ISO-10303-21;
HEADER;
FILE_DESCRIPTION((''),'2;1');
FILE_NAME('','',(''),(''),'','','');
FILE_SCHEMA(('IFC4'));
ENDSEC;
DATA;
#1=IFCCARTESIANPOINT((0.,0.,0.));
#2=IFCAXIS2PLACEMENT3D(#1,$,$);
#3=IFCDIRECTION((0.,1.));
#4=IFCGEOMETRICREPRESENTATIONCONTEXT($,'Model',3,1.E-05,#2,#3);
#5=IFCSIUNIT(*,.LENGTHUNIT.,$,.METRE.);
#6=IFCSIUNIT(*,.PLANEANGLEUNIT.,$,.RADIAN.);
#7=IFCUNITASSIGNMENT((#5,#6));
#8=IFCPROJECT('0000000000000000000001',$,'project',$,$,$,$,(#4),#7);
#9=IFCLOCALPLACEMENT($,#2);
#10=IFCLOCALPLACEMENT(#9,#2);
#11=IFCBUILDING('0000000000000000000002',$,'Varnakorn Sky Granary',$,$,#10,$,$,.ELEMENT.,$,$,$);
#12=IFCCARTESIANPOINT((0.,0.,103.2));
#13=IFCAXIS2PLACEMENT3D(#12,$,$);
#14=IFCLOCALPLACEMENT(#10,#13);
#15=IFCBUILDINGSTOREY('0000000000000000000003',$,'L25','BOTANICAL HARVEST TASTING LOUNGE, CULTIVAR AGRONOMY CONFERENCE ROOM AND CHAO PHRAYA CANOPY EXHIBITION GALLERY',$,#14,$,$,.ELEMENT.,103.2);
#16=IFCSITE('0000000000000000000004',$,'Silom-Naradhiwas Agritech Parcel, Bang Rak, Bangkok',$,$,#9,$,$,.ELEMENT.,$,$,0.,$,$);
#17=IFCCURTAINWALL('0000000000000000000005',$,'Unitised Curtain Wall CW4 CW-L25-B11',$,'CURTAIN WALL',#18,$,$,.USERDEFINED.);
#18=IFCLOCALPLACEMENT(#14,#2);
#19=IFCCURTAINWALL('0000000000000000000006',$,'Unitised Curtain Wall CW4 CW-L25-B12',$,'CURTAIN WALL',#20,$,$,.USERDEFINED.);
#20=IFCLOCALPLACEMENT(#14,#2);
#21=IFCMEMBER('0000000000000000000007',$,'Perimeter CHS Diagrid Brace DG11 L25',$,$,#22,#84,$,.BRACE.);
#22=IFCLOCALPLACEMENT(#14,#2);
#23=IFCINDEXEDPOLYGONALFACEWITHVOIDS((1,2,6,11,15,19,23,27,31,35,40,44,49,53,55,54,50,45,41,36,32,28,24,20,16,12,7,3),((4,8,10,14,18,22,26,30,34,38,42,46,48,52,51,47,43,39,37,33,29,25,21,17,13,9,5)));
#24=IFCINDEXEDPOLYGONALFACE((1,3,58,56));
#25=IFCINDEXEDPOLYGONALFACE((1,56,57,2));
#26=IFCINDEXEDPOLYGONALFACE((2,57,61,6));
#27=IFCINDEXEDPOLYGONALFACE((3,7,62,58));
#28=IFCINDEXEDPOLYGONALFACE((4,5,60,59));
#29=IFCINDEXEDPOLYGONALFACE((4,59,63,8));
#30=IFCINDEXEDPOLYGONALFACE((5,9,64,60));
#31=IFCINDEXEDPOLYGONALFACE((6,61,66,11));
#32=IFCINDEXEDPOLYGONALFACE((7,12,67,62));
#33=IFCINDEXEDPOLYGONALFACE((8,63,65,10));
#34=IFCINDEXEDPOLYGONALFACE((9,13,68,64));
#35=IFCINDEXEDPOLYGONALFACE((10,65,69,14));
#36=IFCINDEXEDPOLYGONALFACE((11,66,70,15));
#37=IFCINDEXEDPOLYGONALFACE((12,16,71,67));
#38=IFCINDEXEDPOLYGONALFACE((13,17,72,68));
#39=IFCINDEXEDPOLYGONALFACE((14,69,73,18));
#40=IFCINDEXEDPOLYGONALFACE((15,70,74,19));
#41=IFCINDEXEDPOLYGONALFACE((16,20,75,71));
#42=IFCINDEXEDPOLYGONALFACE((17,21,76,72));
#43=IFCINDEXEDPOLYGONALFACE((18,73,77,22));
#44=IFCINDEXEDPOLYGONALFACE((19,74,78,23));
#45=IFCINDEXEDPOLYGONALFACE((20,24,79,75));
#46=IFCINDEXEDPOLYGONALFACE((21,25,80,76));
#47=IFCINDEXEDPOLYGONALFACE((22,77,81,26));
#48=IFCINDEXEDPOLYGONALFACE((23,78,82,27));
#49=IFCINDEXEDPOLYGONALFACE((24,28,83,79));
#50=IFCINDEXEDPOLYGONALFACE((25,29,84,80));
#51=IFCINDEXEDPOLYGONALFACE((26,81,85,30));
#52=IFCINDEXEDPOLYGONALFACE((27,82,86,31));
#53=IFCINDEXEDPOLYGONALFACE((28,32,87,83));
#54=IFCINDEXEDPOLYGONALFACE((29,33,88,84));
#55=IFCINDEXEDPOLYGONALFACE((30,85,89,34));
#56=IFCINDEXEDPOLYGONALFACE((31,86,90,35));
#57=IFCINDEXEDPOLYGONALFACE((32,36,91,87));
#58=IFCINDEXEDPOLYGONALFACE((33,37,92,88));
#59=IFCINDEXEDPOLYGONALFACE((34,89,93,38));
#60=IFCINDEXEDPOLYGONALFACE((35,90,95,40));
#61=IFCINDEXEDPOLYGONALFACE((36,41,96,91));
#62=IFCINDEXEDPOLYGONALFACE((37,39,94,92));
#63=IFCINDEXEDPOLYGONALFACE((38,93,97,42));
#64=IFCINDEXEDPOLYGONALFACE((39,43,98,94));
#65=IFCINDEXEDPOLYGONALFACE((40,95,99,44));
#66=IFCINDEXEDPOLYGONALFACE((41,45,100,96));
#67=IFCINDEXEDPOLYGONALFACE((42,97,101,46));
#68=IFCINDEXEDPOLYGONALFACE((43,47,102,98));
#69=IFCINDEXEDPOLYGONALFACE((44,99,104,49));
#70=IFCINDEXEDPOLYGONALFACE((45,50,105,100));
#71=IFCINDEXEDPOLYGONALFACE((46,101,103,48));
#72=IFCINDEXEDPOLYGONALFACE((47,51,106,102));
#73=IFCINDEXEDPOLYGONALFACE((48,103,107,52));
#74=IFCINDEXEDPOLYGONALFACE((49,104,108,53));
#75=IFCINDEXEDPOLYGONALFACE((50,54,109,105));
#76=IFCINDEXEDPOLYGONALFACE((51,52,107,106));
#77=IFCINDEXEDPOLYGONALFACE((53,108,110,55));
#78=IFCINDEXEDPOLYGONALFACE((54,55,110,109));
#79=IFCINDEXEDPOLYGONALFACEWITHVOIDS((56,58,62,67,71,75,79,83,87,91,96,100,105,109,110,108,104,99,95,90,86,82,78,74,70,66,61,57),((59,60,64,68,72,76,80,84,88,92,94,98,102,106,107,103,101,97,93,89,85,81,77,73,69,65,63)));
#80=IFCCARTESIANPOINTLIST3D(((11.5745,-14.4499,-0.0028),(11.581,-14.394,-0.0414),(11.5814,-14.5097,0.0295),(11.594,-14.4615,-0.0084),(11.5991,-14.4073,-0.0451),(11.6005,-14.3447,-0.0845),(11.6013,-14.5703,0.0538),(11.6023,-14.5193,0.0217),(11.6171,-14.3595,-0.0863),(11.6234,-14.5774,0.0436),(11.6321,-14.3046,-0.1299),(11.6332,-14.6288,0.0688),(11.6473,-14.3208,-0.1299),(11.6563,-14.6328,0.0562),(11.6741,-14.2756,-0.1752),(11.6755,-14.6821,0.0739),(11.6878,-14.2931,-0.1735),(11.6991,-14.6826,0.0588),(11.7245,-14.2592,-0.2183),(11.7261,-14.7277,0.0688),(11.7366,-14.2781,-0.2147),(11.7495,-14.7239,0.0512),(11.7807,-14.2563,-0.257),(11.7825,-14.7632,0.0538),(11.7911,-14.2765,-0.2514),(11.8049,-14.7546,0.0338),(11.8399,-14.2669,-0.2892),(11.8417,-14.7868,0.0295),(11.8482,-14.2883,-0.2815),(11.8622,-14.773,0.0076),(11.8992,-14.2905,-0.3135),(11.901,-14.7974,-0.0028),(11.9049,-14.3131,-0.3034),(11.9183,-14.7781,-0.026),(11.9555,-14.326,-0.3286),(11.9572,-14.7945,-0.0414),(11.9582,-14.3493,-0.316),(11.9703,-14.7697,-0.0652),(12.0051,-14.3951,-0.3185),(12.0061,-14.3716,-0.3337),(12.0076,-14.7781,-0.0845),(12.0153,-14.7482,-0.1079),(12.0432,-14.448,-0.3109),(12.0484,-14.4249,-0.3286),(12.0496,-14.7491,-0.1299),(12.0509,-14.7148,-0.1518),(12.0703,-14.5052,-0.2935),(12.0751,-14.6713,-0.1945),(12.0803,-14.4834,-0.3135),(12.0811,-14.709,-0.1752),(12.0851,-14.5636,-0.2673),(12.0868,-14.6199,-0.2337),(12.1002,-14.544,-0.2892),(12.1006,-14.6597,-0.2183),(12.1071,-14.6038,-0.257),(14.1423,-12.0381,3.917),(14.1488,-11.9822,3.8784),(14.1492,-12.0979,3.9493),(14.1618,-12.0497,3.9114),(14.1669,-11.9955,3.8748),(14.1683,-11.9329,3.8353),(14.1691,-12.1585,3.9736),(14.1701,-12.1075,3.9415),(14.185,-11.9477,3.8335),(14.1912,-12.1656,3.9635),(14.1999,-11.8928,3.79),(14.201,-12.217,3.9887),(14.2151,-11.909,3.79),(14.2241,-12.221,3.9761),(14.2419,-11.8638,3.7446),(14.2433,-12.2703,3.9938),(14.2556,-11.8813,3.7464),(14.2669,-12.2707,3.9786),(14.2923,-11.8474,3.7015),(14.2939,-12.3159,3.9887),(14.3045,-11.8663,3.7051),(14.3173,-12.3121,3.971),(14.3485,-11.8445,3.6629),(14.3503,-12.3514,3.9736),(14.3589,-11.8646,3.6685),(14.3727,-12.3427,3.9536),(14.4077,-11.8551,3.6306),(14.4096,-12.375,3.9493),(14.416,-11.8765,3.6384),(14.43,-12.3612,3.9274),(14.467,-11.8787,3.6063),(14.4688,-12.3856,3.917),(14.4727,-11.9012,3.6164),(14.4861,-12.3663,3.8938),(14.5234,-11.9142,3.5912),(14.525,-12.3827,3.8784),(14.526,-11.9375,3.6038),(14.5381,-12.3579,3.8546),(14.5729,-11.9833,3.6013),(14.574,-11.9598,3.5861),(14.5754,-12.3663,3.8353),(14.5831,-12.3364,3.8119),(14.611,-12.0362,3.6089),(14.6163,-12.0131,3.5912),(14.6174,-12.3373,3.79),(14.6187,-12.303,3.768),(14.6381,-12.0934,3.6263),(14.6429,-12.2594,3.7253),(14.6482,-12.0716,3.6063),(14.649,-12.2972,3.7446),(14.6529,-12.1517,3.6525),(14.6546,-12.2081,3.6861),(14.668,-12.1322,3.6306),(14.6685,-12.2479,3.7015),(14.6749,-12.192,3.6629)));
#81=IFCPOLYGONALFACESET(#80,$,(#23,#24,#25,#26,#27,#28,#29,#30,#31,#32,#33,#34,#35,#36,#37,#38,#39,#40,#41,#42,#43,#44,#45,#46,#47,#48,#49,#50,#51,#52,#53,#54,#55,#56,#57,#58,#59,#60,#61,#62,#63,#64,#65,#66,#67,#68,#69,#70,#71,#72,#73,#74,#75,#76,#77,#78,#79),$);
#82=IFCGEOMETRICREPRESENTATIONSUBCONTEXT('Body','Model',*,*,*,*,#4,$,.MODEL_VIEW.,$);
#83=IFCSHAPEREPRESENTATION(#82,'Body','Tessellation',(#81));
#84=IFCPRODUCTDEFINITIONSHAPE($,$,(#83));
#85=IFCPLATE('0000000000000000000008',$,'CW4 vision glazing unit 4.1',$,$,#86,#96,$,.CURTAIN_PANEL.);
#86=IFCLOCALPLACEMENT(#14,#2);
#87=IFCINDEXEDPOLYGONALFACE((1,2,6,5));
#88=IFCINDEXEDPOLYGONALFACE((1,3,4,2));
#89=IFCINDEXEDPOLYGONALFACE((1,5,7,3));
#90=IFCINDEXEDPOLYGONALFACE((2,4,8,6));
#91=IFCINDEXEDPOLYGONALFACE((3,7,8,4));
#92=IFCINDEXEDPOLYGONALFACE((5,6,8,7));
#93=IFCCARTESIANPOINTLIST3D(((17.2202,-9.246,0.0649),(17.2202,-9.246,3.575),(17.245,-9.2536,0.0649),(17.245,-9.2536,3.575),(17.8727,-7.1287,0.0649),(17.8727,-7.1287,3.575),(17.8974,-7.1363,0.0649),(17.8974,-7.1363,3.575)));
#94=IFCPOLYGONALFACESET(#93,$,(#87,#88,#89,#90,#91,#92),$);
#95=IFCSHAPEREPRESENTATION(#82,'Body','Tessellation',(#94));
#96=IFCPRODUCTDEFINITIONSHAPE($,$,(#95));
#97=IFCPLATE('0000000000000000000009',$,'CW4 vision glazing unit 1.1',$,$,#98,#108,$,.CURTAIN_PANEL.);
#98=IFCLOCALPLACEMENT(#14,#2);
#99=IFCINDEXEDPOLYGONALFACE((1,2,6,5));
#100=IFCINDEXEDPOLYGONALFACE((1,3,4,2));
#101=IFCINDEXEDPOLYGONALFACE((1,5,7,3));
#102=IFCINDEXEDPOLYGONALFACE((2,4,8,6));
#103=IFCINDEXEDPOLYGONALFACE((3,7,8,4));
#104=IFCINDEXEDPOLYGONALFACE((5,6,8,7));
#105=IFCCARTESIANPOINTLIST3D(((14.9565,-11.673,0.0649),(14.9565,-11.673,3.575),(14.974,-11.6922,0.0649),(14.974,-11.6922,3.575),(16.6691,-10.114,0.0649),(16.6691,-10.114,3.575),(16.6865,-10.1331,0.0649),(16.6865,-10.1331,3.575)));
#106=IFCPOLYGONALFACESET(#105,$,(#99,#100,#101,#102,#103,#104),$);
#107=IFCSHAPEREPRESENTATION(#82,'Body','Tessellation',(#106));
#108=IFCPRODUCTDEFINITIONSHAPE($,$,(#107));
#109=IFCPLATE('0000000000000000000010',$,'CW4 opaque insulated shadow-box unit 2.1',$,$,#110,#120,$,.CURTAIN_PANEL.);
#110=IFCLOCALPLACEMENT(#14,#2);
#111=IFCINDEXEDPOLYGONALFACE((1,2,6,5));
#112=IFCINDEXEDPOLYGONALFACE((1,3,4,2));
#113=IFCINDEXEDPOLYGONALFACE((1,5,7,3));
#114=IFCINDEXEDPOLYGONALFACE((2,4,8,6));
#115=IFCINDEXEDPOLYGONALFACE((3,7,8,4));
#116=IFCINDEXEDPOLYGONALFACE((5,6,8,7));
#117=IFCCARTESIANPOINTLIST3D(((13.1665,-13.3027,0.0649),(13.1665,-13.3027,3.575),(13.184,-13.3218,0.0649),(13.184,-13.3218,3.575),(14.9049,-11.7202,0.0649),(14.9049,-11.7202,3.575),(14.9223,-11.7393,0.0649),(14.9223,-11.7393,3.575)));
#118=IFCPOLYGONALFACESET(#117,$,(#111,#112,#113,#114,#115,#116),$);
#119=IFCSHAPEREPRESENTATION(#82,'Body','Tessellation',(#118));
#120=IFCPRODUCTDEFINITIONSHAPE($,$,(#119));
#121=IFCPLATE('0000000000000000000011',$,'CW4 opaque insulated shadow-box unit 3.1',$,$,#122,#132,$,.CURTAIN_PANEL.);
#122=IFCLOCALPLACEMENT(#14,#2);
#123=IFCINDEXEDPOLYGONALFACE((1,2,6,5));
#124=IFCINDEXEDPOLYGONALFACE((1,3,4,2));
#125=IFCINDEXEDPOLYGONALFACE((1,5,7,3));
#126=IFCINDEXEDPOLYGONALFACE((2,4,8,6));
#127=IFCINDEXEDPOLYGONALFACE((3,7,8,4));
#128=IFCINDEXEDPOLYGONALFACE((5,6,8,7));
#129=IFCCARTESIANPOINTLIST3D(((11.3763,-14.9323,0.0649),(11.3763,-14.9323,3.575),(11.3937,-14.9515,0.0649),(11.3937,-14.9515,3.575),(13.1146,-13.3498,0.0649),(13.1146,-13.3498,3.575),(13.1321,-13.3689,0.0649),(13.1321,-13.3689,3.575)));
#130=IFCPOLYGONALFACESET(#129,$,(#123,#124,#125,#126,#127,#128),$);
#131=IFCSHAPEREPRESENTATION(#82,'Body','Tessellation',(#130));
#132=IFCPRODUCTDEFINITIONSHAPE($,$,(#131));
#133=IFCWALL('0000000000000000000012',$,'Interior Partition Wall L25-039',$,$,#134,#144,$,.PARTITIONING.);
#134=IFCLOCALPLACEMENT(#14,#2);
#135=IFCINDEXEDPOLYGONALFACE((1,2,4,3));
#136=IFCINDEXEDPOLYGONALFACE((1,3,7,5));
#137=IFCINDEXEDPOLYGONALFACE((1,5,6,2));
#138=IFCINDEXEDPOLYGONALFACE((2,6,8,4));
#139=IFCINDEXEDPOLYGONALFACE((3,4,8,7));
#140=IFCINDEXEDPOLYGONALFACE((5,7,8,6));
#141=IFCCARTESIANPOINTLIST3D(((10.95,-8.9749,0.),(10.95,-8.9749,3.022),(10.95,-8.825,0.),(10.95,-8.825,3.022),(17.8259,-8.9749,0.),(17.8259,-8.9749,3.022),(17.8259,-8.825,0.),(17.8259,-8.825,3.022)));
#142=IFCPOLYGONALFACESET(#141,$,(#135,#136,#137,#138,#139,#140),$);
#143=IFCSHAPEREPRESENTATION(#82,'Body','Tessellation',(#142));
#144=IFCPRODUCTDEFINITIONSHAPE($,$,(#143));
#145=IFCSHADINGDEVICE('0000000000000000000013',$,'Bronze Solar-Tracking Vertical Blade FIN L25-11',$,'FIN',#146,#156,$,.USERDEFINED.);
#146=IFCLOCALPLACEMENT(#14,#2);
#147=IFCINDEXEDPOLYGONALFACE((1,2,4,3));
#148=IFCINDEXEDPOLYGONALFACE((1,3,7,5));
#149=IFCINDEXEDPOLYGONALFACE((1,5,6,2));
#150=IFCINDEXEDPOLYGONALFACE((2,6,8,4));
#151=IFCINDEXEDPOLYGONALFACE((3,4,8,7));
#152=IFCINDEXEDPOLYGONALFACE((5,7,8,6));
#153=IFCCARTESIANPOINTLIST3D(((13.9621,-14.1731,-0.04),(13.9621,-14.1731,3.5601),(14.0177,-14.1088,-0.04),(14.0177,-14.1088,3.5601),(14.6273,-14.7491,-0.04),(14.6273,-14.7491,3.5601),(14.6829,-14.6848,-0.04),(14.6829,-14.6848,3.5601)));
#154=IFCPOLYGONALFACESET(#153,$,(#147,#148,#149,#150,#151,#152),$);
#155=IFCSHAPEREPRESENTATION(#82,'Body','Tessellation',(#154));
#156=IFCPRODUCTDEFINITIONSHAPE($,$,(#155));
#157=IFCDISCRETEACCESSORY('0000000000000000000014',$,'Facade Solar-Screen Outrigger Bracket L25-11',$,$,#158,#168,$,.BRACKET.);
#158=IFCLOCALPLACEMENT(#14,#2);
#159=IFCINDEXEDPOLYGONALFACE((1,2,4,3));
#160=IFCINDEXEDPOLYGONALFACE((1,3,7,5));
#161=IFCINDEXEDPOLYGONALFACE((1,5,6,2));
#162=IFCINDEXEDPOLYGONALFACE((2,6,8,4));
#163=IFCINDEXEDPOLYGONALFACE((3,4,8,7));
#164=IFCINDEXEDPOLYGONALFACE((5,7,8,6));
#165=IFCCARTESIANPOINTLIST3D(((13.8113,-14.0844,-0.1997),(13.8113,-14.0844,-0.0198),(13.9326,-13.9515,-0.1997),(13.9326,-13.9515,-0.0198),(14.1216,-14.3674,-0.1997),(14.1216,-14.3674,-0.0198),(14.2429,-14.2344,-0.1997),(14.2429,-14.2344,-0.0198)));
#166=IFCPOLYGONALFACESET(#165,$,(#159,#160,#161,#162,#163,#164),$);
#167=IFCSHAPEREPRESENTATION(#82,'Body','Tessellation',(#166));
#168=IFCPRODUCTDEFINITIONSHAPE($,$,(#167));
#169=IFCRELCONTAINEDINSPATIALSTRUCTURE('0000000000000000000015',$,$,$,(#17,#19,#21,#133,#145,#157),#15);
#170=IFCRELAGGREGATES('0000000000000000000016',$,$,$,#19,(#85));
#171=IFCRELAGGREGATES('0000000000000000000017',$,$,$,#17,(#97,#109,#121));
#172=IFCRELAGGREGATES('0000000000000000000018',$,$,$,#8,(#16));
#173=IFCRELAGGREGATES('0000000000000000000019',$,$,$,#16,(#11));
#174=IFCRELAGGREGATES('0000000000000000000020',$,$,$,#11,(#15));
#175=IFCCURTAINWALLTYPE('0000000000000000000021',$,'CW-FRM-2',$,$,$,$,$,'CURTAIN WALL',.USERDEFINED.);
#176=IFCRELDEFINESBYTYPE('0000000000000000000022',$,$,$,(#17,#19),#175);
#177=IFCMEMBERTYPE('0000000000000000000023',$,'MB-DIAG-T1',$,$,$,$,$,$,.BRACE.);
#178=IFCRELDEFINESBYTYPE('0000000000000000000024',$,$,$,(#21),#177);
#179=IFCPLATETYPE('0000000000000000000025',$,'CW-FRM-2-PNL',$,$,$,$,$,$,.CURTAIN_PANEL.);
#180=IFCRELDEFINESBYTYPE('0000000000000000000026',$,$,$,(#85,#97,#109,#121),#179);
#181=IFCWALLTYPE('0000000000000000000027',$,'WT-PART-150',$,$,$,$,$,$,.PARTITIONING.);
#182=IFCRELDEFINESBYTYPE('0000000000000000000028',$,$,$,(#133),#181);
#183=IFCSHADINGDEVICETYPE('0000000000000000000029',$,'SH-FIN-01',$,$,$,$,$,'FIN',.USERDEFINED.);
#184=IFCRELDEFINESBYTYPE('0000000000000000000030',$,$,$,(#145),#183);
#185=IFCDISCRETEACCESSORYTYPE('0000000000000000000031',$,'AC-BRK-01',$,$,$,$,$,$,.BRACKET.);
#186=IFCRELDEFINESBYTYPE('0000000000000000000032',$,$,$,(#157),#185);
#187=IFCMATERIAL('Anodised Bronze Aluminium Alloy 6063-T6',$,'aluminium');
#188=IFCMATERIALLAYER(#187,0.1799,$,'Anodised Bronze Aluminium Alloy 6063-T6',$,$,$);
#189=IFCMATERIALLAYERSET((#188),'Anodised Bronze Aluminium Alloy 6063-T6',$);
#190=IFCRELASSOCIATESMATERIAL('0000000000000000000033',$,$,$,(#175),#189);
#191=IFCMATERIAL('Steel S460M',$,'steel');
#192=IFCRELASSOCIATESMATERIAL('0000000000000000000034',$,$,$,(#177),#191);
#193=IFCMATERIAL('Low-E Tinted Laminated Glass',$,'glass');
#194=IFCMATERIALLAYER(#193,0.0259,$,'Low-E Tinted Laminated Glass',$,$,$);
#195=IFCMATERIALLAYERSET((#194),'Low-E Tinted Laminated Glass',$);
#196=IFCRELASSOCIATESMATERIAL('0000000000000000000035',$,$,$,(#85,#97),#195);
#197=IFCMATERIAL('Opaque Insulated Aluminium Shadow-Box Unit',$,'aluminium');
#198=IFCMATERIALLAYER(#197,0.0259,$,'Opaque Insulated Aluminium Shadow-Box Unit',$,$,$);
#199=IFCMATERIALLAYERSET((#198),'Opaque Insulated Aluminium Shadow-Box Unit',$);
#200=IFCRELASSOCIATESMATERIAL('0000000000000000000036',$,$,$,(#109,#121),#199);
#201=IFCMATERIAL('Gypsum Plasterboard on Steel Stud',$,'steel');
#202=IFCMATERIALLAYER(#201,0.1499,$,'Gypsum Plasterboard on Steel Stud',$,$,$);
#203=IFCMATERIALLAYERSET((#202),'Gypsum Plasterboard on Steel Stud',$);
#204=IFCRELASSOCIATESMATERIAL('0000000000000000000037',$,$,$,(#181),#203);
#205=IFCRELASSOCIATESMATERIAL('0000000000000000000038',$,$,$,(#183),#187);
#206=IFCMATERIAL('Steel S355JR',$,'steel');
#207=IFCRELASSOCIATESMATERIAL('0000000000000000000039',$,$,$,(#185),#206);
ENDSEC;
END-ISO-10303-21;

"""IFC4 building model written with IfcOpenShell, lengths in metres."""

from ifc_helpers import new_model, si_unit, direction, frame, frame_2d, origin, origin_2d, place, context, subcontext, project, spatial, rectangle, hollow_circle, extrude, source, transform, mapped, material, layer, layer_set, material_profile, profile_set, type_object, type_shapes, element, aggregate, save


model = new_model("IFC4")

# Units and contexts
model_context = context("Model", 3, precision=1e-05, world=origin(), true_north=direction((0.0, 1.0)))
body_context = subcontext(model_context, "Body", "Model", "MODEL_VIEW")
ifc_project = project(units=[si_unit("LENGTHUNIT", "METRE"), si_unit("PLANEANGLEUNIT", "RADIAN")], contexts=[model_context])

# Site, building, storey
site_placement = place(None, origin())
site = spatial("IfcSite", under=ifc_project, at=site_placement, Name="Silom-Naradhiwas Agritech Parcel, Bang Rak, Bangkok", CompositionType="ELEMENT", RefElevation=0.0)
building_placement = place(site_placement, origin())
building = spatial("IfcBuilding", under=site, at=building_placement, Name="Varnakorn Sky Granary", CompositionType="ELEMENT")
storey_placement = place(building_placement, frame((0.0, 0.0, 103.2)))
storey = spatial("IfcBuildingStorey", under=building, at=storey_placement, Name="L25", Description="BOTANICAL HARVEST TASTING LOUNGE, CULTIVAR AGRONOMY CONFERENCE ROOM AND CHAO PHRAYA CANOPY EXHIBITION GALLERY", CompositionType="ELEMENT", Elevation=103.2)

# Shared definitions
ifc_material_1 = material(Name="Steel S460M", Category="steel")

# Shared definitions
ifc_material_2 = material(Name="Steel S355JR", Category="steel")

# Curtain wall
ifc_material_3 = material(Name="Anodised Bronze Aluminium Alloy 6063-T6", Category="aluminium")
ifc_layer_1 = layer(ifc_material_3, 0.1799, Name="Anodised Bronze Aluminium Alloy 6063-T6")
ifc_layer_set_1 = layer_set([ifc_layer_1], Name="Anodised Bronze Aluminium Alloy 6063-T6")
curtain_wall_type = type_object("IfcCurtainWallType", Name="CW-FRM-2", ElementType="CURTAIN WALL", PredefinedType="USERDEFINED", material=ifc_layer_set_1)
curtain_wall_1_placement = place(storey_placement, origin())
curtain_wall_1 = element("IfcCurtainWall", 1, at=curtain_wall_1_placement, inside=storey, type_object=curtain_wall_type, Name="Unitised Curtain Wall CW4 CW-L25-B11", ObjectType="CURTAIN WALL", PredefinedType="USERDEFINED")

# Curtain wall
curtain_wall_2_placement = place(storey_placement, origin())
curtain_wall_2 = element("IfcCurtainWall", 2, at=curtain_wall_2_placement, inside=storey, type_object=curtain_wall_type, Name="Unitised Curtain Wall CW4 CW-L25-B12", ObjectType="CURTAIN WALL", PredefinedType="USERDEFINED")

# Member
ifc_material_profile_1 = material_profile(ifc_material_1, hollow_circle(Radius=0.3049, WallThickness=0.0222, at=origin_2d()), Name="CHS 610x22")
ifc_profile_set_1 = profile_set([ifc_material_profile_1], Name="Steel S460M")
member_type_1 = type_object("IfcMemberType", Name="MB-DIAG-T1", PredefinedType="BRACE", material=ifc_profile_set_1)
member_1_placement = place(storey_placement, frame((11.8408, -14.5269, -0.1299), z_axis=(0.487227, 0.457627, 0.743765), x_axis=(-0.684619, 0.728902, 0.0)))
element("IfcMember", 3, at=member_1_placement, inside=storey, type_object=member_type_1, Name="Perimeter CHS Diagrid Brace DG11 L25", PredefinedType="BRACE", context=body_context, shape_type="SweptSolid", body=[
    extrude(hollow_circle(Radius=0.3049, WallThickness=0.0222, at=origin_2d()), origin(), (0.0, 0.0, 1.0), 5.2703),
])

# Plates
ifc_material_4 = material(Name="Low-E Tinted Laminated Glass", Category="glass")
ifc_layer_2 = layer(ifc_material_4, 0.0259, Name="Low-E Tinted Laminated Glass")
ifc_layer_set_2 = layer_set([ifc_layer_2], Name="Low-E Tinted Laminated Glass")
plate_type = type_object("IfcPlateType", Name="CW-FRM-2-PNL", PredefinedType="CURTAIN_PANEL")
shared_shape_1 = source(origin(), body_context, "Body", "SweptSolid", [
    extrude(rectangle(XDim=2.2156, YDim=0.0259, at=origin_2d()), origin(), (0.0, 0.0, 1.0), 3.51),
])
plate_1_placement = place(storey_placement, frame((17.5588, -8.1912, 0.0649), z_axis=(0.0, 0.0, 1.0), x_axis=(-0.294498, -0.955652, 0.0)))
plate_1 = element("IfcPlate", 4, at=plate_1_placement, type_object=plate_type, material=ifc_layer_set_2, Name="CW4 vision glazing unit 4.1", PredefinedType="CURTAIN_PANEL", context=body_context, shape_type="MappedRepresentation", body=[
    mapped(shared_shape_1, transform((0.0, 0.0, 0.0), x_axis=(1.0, 0.0, 0.0), y_axis=(0.0, 1.0, 0.0), z_axis=(0.0, 0.0, 1.0), scale=1.0)),
])
aggregate(curtain_wall_2, [plate_1])
shared_shape_2 = source(origin(), body_context, "Body", "SweptSolid", [
    extrude(rectangle(XDim=2.3159, YDim=0.0259, at=origin_2d()), origin(), (0.0, 0.0, 1.0), 3.51),
])
plate_2_placement = place(storey_placement, frame((15.8215, -10.9031, 0.0649), z_axis=(0.0, 0.0, 1.0), x_axis=(-0.739474, -0.673185, 0.0)))
plate_2 = element("IfcPlate", 5, at=plate_2_placement, type_object=plate_type, material=ifc_layer_set_2, Name="CW4 vision glazing unit 1.1", PredefinedType="CURTAIN_PANEL", context=body_context, shape_type="MappedRepresentation", body=[
    mapped(shared_shape_2, transform((0.0, 0.0, 0.0), x_axis=(1.0, 0.0, 0.0), y_axis=(0.0, 1.0, 0.0), z_axis=(0.0, 0.0, 1.0), scale=1.0)),
])
ifc_material_5 = material(Name="Opaque Insulated Aluminium Shadow-Box Unit", Category="aluminium")
ifc_layer_3 = layer(ifc_material_5, 0.0259, Name="Opaque Insulated Aluminium Shadow-Box Unit")
ifc_layer_set_3 = layer_set([ifc_layer_3], Name="Opaque Insulated Aluminium Shadow-Box Unit")
shared_shape_3 = source(origin(), body_context, "Body", "SweptSolid", [
    extrude(rectangle(XDim=2.3508, YDim=0.0259, at=origin_2d()), origin(), (0.0, 0.0, 1.0), 3.51),
])
type_shapes(plate_type, [shared_shape_1, shared_shape_2, shared_shape_3])
plate_3_placement = place(storey_placement, frame((14.0444, -12.521, 0.0649), z_axis=(0.0, 0.0, 1.0), x_axis=(-0.739474, -0.673185, 0.0)))
plate_3 = element("IfcPlate", 6, at=plate_3_placement, type_object=plate_type, material=ifc_layer_set_3, Name="CW4 opaque insulated shadow-box unit 2.1", PredefinedType="CURTAIN_PANEL", context=body_context, shape_type="MappedRepresentation", body=[
    mapped(shared_shape_3, transform((0.0, 0.0, 0.0), x_axis=(1.0, 0.0, 0.0), y_axis=(0.0, 1.0, 0.0), z_axis=(0.0, 0.0, 1.0), scale=1.0)),
])
plate_4_placement = place(storey_placement, frame((12.2542, -14.1506, 0.0649), z_axis=(0.0, 0.0, 1.0), x_axis=(-0.739474, -0.673185, 0.0)))
plate_4 = element("IfcPlate", 7, at=plate_4_placement, type_object=plate_type, material=ifc_layer_set_3, Name="CW4 opaque insulated shadow-box unit 3.1", PredefinedType="CURTAIN_PANEL", context=body_context, shape_type="MappedRepresentation", body=[
    mapped(shared_shape_3, transform((0.0, 0.0, 0.0), x_axis=(1.0, 0.0, 0.0), y_axis=(0.0, 1.0, 0.0), z_axis=(0.0, 0.0, 1.0), scale=1.0)),
])
aggregate(curtain_wall_1, [plate_2, plate_3, plate_4])

# Wall
ifc_material_6 = material(Name="Gypsum Plasterboard on Steel Stud", Category="steel")
ifc_layer_4 = layer(ifc_material_6, 0.1499, Name="Gypsum Plasterboard on Steel Stud")
ifc_layer_set_4 = layer_set([ifc_layer_4], Name="Gypsum Plasterboard on Steel Stud")
wall_type = type_object("IfcWallType", Name="WT-PART-150", PredefinedType="PARTITIONING", material=ifc_layer_set_4)
wall_placement = place(storey_placement, frame((10.95, -8.8999, 0.0), z_axis=(0.0, 0.0, 1.0), x_axis=(1.0, 0.0, 0.0)))
element("IfcWall", 8, at=wall_placement, inside=storey, type_object=wall_type, Name="Interior Partition Wall L25-039", PredefinedType="PARTITIONING", context=body_context, shape_type="SweptSolid", body=[
    extrude(rectangle(XDim=6.876, YDim=0.1499, at=frame_2d((3.438, 0.0))), origin(), (0.0, 0.0, 1.0), 3.022),
])

# Shading device
shading_device_type = type_object("IfcShadingDeviceType", Name="SH-FIN-01", ElementType="FIN", PredefinedType="USERDEFINED", material=ifc_material_3)
shared_shape_4 = source(origin(), body_context, "Body", "SweptSolid", [
    extrude(rectangle(XDim=0.085, YDim=0.8799, at=origin_2d()), origin(), (0.0, 0.0, 1.0), 3.6001),
])
type_shapes(shading_device_type, [shared_shape_4])
shading_device_placement = place(storey_placement, frame((14.3225, -14.429, -0.04), z_axis=(0.0, 0.0, 1.0), x_axis=(0.654625, 0.755953, 0.0)))
element("IfcShadingDevice", 9, at=shading_device_placement, inside=storey, type_object=shading_device_type, Name="Bronze Solar-Tracking Vertical Blade FIN L25-11", ObjectType="FIN", PredefinedType="USERDEFINED", context=body_context, shape_type="MappedRepresentation", body=[
    mapped(shared_shape_4, transform((0.0, 0.0, 0.0), x_axis=(1.0, 0.0, 0.0), y_axis=(0.0, 1.0, 0.0), z_axis=(0.0, 0.0, 1.0), scale=1.0)),
])

# Discrete accessory
discrete_accessory_type = type_object("IfcDiscreteAccessoryType", Name="AC-BRK-01", PredefinedType="BRACKET", material=ifc_material_2)
shared_shape_5 = source(origin(), body_context, "Body", "SweptSolid", [
    extrude(rectangle(XDim=0.1799, YDim=0.4199, at=origin_2d()), origin(), (0.0, 0.0, 1.0), 0.1799),
])
type_shapes(discrete_accessory_type, [shared_shape_5])
discrete_accessory_placement = place(storey_placement, frame((14.0271, -14.1594, -0.1997), z_axis=(0.0, 0.0, 1.0), x_axis=(0.673817, 0.738899, 0.0)))
element("IfcDiscreteAccessory", 10, at=discrete_accessory_placement, inside=storey, type_object=discrete_accessory_type, Name="Facade Solar-Screen Outrigger Bracket L25-11", PredefinedType="BRACKET", context=body_context, shape_type="MappedRepresentation", body=[
    mapped(shared_shape_5, transform((0.0, 0.0, 0.0), x_axis=(1.0, 0.0, 0.0), y_axis=(0.0, 1.0, 0.0), z_axis=(0.0, 0.0, 1.0), scale=1.0)),
])

save(model, "model.ifc")
